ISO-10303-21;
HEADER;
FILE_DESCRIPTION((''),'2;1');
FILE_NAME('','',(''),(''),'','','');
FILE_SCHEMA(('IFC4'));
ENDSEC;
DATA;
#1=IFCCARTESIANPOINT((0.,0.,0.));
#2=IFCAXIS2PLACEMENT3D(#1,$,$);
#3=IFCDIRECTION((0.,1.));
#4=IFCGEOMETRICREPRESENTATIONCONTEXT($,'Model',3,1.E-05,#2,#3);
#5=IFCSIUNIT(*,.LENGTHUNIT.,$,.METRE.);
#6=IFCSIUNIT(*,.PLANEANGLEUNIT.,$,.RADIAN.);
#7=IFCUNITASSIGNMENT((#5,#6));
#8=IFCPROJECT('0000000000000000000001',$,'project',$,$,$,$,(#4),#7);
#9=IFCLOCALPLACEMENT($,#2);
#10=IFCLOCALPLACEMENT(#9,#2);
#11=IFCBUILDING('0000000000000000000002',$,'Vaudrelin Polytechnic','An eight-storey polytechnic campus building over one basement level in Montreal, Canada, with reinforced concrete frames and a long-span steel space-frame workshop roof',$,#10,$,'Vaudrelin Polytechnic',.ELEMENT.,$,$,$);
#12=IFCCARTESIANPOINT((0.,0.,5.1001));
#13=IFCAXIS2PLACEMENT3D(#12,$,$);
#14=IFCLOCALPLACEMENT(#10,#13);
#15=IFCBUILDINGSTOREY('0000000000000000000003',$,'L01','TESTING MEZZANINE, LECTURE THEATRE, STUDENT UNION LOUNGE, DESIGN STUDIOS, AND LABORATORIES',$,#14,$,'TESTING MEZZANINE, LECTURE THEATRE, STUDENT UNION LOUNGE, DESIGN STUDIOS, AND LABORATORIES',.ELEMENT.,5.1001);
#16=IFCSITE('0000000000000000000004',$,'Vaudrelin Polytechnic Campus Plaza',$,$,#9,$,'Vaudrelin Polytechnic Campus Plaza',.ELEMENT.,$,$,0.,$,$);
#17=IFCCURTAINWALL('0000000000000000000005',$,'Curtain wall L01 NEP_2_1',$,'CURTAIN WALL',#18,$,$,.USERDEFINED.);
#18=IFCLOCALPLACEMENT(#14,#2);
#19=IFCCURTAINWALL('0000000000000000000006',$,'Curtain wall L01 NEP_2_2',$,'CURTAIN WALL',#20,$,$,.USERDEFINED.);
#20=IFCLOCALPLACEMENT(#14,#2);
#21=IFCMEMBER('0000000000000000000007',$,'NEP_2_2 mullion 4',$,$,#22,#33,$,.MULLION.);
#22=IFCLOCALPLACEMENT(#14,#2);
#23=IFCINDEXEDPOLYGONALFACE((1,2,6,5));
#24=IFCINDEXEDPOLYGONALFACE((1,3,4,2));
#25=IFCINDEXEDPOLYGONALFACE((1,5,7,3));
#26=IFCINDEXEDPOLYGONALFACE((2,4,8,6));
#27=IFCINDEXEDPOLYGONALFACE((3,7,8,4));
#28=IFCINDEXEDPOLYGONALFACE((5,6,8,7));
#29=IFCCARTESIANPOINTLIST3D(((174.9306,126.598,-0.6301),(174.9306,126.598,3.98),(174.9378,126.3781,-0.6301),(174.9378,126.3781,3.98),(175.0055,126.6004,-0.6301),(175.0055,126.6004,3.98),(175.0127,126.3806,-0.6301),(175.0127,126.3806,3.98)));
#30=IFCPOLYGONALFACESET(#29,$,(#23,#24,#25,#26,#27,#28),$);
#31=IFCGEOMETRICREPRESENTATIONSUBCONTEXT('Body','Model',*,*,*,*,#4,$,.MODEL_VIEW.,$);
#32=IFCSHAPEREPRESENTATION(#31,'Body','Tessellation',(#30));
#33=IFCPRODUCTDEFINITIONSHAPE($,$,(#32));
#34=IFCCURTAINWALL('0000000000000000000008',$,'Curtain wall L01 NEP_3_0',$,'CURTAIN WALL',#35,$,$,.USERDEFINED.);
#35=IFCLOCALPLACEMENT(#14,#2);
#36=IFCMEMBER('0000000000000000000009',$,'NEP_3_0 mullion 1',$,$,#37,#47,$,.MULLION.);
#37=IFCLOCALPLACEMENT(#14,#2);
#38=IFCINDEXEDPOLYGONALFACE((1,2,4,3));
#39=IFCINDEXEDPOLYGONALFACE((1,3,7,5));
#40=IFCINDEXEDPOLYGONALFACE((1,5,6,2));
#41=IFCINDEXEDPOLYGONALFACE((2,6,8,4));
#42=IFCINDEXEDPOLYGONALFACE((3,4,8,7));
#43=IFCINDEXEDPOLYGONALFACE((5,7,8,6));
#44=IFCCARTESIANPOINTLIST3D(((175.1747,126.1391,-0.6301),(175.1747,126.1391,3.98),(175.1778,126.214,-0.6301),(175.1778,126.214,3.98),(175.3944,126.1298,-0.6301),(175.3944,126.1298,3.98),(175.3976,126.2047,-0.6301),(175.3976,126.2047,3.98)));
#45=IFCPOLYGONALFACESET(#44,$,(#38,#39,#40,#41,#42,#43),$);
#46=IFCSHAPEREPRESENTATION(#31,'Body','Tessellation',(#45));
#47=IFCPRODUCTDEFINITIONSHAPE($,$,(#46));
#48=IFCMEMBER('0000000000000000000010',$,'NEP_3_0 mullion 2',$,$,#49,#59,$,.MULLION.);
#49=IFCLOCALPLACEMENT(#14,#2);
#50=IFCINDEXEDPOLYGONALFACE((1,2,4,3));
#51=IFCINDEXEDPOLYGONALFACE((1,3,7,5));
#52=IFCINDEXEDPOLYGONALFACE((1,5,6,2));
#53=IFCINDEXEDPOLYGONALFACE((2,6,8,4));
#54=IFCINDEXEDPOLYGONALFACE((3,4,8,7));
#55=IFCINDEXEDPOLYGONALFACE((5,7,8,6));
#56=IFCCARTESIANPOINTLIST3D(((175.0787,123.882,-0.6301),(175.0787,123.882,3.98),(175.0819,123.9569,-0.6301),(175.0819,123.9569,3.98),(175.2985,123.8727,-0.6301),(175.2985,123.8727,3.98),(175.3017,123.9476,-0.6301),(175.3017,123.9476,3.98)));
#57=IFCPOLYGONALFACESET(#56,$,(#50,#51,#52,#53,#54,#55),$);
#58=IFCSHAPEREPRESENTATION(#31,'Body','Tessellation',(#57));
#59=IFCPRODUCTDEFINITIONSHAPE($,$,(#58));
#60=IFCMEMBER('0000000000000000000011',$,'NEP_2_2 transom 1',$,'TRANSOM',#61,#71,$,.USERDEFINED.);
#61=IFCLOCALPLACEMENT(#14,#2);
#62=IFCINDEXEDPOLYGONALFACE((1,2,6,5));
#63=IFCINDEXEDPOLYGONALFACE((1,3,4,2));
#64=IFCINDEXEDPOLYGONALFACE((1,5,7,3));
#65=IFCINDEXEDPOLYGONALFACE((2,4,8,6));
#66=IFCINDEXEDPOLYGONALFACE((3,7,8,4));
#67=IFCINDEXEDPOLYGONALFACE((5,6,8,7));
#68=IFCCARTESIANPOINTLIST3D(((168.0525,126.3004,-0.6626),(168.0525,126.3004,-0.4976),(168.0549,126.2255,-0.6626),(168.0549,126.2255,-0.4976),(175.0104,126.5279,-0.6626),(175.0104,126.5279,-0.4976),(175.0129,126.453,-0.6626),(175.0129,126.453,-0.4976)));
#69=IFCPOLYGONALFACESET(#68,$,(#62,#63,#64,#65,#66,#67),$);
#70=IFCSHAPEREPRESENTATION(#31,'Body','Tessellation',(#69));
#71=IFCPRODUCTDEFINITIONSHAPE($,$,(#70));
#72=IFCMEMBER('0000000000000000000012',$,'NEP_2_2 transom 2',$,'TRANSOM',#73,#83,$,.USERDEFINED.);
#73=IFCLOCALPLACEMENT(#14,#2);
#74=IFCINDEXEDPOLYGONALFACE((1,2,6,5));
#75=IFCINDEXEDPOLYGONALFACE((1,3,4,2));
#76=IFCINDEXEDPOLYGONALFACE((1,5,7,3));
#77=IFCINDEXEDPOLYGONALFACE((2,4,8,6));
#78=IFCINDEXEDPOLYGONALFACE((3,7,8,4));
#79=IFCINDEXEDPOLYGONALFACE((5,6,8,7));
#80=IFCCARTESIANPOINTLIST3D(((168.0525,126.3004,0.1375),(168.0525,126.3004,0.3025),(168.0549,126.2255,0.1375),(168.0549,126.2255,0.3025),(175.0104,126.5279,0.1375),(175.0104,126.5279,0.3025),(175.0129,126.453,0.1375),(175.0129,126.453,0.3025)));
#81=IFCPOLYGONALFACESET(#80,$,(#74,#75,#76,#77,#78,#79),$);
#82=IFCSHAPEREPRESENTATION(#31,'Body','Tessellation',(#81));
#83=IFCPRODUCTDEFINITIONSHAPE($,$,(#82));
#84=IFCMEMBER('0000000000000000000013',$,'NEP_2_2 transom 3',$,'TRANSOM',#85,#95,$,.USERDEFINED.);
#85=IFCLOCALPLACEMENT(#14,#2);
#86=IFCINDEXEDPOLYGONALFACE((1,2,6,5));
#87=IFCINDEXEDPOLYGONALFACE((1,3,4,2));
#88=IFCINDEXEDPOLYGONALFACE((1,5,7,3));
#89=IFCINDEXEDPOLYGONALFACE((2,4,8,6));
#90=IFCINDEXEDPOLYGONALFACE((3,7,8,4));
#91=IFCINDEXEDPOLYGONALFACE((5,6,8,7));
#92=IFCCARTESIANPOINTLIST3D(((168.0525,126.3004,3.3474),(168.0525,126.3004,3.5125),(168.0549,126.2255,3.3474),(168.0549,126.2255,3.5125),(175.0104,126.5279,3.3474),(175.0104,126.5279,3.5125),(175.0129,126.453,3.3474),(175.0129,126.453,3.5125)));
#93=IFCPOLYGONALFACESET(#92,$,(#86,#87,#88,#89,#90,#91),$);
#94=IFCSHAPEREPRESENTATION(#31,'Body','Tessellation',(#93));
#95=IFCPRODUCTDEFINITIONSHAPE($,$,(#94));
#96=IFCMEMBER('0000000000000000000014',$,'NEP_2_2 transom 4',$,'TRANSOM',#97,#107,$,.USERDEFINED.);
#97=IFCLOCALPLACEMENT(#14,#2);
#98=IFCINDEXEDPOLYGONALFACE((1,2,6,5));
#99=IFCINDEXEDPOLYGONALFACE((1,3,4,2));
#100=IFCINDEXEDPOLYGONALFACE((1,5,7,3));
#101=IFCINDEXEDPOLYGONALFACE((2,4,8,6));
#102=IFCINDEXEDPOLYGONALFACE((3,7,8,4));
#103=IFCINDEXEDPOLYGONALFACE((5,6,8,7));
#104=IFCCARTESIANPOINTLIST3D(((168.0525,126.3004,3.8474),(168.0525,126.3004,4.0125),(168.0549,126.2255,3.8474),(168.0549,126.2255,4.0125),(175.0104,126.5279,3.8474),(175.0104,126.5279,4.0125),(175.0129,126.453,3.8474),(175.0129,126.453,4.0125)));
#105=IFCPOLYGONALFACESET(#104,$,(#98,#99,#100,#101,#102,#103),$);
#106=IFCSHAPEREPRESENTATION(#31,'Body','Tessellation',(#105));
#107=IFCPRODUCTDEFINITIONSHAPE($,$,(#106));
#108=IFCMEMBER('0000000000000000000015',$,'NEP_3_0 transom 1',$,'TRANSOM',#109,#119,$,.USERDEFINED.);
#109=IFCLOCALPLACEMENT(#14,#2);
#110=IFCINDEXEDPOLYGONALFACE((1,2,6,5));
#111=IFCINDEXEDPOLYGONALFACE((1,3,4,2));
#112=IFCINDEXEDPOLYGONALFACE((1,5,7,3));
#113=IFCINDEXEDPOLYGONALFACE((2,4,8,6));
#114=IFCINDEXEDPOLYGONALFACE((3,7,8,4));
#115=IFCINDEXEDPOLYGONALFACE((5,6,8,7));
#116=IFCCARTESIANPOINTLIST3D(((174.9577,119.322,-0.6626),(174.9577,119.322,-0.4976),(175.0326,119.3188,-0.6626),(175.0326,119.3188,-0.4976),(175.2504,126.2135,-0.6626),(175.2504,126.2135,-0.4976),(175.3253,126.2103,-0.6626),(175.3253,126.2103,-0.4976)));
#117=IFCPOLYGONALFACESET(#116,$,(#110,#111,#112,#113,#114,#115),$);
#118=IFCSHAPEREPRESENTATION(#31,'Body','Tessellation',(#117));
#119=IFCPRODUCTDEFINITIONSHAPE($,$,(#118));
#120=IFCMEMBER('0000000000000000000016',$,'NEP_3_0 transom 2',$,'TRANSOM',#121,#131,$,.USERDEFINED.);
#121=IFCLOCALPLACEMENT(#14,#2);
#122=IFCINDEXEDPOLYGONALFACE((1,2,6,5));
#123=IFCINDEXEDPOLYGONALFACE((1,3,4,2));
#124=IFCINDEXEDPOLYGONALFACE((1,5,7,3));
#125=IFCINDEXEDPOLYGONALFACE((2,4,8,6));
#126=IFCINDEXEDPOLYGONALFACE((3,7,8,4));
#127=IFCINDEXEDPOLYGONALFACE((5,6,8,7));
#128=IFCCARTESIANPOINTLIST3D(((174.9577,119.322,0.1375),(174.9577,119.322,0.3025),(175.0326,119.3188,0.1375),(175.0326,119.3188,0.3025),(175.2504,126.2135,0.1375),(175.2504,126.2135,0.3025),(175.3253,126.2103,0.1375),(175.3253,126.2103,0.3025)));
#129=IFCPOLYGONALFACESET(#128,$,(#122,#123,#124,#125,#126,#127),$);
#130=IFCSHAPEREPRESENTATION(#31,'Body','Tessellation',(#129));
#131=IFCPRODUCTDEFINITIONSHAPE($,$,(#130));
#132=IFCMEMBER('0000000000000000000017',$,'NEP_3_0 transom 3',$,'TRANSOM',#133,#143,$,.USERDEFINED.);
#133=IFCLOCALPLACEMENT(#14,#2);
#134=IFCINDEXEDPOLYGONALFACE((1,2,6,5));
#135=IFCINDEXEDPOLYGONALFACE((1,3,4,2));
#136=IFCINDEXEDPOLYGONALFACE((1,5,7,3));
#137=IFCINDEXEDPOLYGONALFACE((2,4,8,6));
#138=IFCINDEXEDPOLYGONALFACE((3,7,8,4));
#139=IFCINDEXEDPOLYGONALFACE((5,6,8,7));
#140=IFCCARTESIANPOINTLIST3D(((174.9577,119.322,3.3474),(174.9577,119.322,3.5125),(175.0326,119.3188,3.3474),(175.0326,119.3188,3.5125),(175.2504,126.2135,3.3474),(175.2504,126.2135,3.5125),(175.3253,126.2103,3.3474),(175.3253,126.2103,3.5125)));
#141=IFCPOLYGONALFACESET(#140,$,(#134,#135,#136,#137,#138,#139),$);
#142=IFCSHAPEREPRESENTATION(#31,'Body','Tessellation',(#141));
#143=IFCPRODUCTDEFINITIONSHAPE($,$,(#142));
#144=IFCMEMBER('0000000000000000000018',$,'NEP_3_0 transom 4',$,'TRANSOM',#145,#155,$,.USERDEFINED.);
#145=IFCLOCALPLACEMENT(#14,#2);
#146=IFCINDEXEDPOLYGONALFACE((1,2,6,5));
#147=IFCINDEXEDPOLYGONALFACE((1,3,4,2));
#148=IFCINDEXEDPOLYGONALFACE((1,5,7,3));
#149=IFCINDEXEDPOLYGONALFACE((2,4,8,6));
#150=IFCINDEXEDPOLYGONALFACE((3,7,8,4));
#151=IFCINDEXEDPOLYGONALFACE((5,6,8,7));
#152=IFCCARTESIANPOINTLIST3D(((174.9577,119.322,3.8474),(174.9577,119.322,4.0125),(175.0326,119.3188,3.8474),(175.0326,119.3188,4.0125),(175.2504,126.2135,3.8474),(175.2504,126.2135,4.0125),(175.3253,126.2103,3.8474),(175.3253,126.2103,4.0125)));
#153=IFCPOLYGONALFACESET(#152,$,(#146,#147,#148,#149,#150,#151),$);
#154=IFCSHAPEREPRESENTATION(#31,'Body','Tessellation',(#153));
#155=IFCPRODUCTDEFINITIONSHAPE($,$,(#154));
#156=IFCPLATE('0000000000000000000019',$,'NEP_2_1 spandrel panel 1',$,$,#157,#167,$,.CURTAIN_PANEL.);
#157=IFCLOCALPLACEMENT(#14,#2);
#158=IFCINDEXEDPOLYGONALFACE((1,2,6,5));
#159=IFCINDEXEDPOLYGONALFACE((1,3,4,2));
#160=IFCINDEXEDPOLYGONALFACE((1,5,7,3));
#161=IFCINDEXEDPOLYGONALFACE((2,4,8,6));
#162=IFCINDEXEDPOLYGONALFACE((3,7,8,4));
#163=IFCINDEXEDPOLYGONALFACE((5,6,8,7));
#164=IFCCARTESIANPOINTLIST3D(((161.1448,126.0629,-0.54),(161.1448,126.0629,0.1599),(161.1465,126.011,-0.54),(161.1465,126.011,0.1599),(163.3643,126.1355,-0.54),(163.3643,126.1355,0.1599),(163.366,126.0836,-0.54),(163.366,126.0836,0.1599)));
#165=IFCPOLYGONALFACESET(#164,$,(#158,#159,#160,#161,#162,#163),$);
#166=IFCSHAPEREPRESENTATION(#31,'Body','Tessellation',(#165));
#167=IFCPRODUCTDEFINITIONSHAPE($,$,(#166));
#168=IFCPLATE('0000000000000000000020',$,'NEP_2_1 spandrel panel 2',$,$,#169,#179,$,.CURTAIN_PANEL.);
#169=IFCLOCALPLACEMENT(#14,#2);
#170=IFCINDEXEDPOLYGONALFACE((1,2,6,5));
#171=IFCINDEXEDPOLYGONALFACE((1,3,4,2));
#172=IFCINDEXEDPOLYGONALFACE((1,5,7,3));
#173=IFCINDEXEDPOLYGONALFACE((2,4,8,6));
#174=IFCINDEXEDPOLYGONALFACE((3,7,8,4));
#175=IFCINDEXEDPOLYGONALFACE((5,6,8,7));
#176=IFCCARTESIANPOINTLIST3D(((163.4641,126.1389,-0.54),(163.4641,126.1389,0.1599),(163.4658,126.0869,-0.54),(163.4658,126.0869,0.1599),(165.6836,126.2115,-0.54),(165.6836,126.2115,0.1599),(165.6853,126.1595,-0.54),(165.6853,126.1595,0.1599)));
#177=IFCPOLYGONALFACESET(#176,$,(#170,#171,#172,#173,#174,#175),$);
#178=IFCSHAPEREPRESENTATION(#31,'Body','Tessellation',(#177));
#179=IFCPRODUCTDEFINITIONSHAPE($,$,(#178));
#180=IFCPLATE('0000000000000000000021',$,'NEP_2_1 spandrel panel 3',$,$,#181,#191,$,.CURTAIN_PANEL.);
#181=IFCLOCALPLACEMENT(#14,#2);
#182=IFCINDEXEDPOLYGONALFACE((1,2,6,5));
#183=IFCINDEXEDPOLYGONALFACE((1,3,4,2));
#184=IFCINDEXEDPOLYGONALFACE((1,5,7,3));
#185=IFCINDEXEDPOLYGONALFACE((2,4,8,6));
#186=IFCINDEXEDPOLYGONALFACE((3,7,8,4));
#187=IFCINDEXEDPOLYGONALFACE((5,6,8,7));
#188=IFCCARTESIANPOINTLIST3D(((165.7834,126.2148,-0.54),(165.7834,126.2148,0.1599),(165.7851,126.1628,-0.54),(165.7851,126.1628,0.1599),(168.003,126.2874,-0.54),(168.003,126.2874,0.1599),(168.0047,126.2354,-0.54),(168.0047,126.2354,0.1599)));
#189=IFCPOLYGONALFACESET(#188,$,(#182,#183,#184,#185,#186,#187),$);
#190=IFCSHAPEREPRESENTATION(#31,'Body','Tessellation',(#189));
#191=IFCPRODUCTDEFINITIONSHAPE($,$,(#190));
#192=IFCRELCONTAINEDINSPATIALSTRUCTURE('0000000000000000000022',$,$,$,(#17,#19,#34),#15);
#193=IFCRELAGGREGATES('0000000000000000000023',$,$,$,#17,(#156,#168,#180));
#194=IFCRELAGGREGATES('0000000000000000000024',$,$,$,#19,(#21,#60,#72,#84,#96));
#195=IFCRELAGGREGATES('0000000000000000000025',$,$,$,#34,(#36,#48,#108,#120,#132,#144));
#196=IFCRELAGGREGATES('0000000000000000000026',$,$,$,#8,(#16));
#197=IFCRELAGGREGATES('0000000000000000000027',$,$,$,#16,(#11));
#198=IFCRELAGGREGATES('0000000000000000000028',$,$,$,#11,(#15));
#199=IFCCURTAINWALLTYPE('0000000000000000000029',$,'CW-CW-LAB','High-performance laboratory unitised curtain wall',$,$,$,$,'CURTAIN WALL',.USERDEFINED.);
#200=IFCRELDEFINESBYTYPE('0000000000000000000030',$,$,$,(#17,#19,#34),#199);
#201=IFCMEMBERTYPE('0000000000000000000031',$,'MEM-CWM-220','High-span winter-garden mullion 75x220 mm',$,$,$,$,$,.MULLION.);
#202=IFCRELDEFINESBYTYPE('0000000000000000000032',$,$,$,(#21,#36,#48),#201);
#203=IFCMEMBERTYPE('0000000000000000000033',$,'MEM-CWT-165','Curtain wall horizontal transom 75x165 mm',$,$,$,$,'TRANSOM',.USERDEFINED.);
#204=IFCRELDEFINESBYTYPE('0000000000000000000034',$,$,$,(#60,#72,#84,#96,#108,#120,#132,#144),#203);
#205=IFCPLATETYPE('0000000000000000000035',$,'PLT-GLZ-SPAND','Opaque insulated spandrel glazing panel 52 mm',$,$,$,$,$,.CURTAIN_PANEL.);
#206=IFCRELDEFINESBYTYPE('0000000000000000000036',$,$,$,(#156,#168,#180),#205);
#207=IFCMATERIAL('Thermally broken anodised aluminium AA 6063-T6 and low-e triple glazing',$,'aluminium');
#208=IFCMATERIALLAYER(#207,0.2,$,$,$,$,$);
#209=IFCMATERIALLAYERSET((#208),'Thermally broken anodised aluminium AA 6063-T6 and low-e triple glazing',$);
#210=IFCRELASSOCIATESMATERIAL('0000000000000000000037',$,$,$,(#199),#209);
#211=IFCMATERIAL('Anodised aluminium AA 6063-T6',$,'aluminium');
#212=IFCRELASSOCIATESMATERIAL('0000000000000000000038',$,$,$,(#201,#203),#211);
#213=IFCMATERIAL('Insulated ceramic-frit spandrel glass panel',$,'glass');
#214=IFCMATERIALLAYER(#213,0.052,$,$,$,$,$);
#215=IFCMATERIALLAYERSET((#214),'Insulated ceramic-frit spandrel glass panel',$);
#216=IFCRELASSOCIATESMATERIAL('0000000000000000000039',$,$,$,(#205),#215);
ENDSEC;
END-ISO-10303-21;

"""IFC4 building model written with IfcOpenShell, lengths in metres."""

from ifc_helpers import new_model, si_unit, direction, frame, origin, origin_2d, place, context, subcontext, project, spatial, rectangle, extrude, material, layer, layer_set, material_profile, profile_set, type_object, element, aggregate, save


model = new_model("IFC4")

# Units and contexts
model_context = context("Model", 3, precision=1e-05, world=origin(), true_north=direction((0.0, 1.0)))
body_context = subcontext(model_context, "Body", "Model", "MODEL_VIEW")
ifc_project = project(units=[si_unit("LENGTHUNIT", "METRE"), si_unit("PLANEANGLEUNIT", "RADIAN")], contexts=[model_context])

# Site, building, storey
site_placement = place(None, origin())
site = spatial("IfcSite", under=ifc_project, at=site_placement, Name="Vaudrelin Polytechnic Campus Plaza", LongName="Vaudrelin Polytechnic Campus Plaza", CompositionType="ELEMENT", RefElevation=0.0)
building_placement = place(site_placement, origin())
building = spatial("IfcBuilding", under=site, at=building_placement, Name="Vaudrelin Polytechnic", Description="An eight-storey polytechnic campus building over one basement level in Montreal, Canada, with reinforced concrete frames and a long-span steel space-frame workshop roof", LongName="Vaudrelin Polytechnic", CompositionType="ELEMENT")
storey_placement = place(building_placement, frame((0.0, 0.0, 5.1001)))
storey = spatial("IfcBuildingStorey", under=building, at=storey_placement, Name="L01", Description="TESTING MEZZANINE, LECTURE THEATRE, STUDENT UNION LOUNGE, DESIGN STUDIOS, AND LABORATORIES", LongName="TESTING MEZZANINE, LECTURE THEATRE, STUDENT UNION LOUNGE, DESIGN STUDIOS, AND LABORATORIES", CompositionType="ELEMENT", Elevation=5.1001)

# Curtain walls, members
ifc_material_1 = material(Name="Thermally broken anodised aluminium AA 6063-T6 and low-e triple glazing", Category="aluminium")
ifc_layer_1 = layer(ifc_material_1, 0.2)
ifc_layer_set_1 = layer_set([ifc_layer_1], Name="Thermally broken anodised aluminium AA 6063-T6 and low-e triple glazing")
curtain_wall_type = type_object("IfcCurtainWallType", Name="CW-CW-LAB", Description="High-performance laboratory unitised curtain wall", ElementType="CURTAIN WALL", PredefinedType="USERDEFINED", material=ifc_layer_set_1)
curtain_wall_1_placement = place(storey_placement, origin())
curtain_wall_1 = element("IfcCurtainWall", 1, at=curtain_wall_1_placement, inside=storey, type_object=curtain_wall_type, Name="Curtain wall L01 NEP_2_1", ObjectType="CURTAIN WALL", PredefinedType="USERDEFINED")
ifc_material_2 = material(Name="Anodised aluminium AA 6063-T6", Category="aluminium")
ifc_material_profile_1 = material_profile(ifc_material_2, rectangle(XDim=0.075, YDim=0.22, at=origin_2d()), Name="CWM-75x220")
ifc_profile_set_1 = profile_set([ifc_material_profile_1], Name="Anodised aluminium AA 6063-T6")
member_type_1 = type_object("IfcMemberType", Name="MEM-CWM-220", Description="High-span winter-garden mullion 75x220 mm", PredefinedType="MULLION", material=ifc_profile_set_1)
curtain_wall_2_placement = place(storey_placement, origin())
curtain_wall_2 = element("IfcCurtainWall", 2, at=curtain_wall_2_placement, inside=storey, type_object=curtain_wall_type, Name="Curtain wall L01 NEP_2_2", ObjectType="CURTAIN WALL", PredefinedType="USERDEFINED")
member_1_placement = place(storey_placement, frame((174.9717, 126.4893, -0.6301), z_axis=(0.0, 0.0, 1.0), x_axis=(0.999465, 0.032693, 0.0)))
member_1 = element("IfcMember", 3, at=member_1_placement, type_object=member_type_1, Name="NEP_2_2 mullion 4", PredefinedType="MULLION", context=body_context, shape_type="SweptSolid", body=[
    extrude(rectangle(XDim=0.075, YDim=0.22, at=origin_2d()), origin(), (0.0, 0.0, 1.0), 4.6101),
])
curtain_wall_3_placement = place(storey_placement, origin())
curtain_wall_3 = element("IfcCurtainWall", 4, at=curtain_wall_3_placement, inside=storey, type_object=curtain_wall_type, Name="Curtain wall L01 NEP_3_0", ObjectType="CURTAIN WALL", PredefinedType="USERDEFINED")
member_2_placement = place(storey_placement, frame((175.2861, 126.1719, -0.6301), z_axis=(0.0, 0.0, 1.0), x_axis=(-0.04242, -0.9991, 0.0)))
member_2 = element("IfcMember", 5, at=member_2_placement, type_object=member_type_1, Name="NEP_3_0 mullion 1", PredefinedType="MULLION", context=body_context, shape_type="SweptSolid", body=[
    extrude(rectangle(XDim=0.075, YDim=0.22, at=origin_2d()), origin(), (0.0, 0.0, 1.0), 4.6101),
])
member_3_placement = place(storey_placement, frame((175.1902, 123.9148, -0.6301), z_axis=(0.0, 0.0, 1.0), x_axis=(-0.04242, -0.9991, 0.0)))
member_3 = element("IfcMember", 6, at=member_3_placement, type_object=member_type_1, Name="NEP_3_0 mullion 2", PredefinedType="MULLION", context=body_context, shape_type="SweptSolid", body=[
    extrude(rectangle(XDim=0.075, YDim=0.22, at=origin_2d()), origin(), (0.0, 0.0, 1.0), 4.6101),
])

# Members
ifc_material_profile_2 = material_profile(ifc_material_2, rectangle(XDim=0.075, YDim=0.165, at=origin_2d()), Name="CWT-75x165")
ifc_profile_set_2 = profile_set([ifc_material_profile_2], Name="Anodised aluminium AA 6063-T6")
member_type_2 = type_object("IfcMemberType", Name="MEM-CWT-165", Description="Curtain wall horizontal transom 75x165 mm", ElementType="TRANSOM", PredefinedType="USERDEFINED", material=ifc_profile_set_2)
member_4_placement = place(storey_placement, frame((168.0537, 126.2629, -0.5801), z_axis=(0.999466, 0.032684, 0.0), x_axis=(-0.032684, 0.999466, 0.0)))
member_4 = element("IfcMember", 7, at=member_4_placement, type_object=member_type_2, Name="NEP_2_2 transom 1", ObjectType="TRANSOM", PredefinedType="USERDEFINED", context=body_context, shape_type="SweptSolid", body=[
    extrude(rectangle(XDim=0.075, YDim=0.165, at=origin_2d()), origin(), (0.0, 0.0, 1.0), 6.9617),
])
member_5_placement = place(storey_placement, frame((168.0537, 126.2629, 0.22), z_axis=(0.999466, 0.032684, 0.0), x_axis=(-0.032684, 0.999466, 0.0)))
member_5 = element("IfcMember", 8, at=member_5_placement, type_object=member_type_2, Name="NEP_2_2 transom 2", ObjectType="TRANSOM", PredefinedType="USERDEFINED", context=body_context, shape_type="SweptSolid", body=[
    extrude(rectangle(XDim=0.075, YDim=0.165, at=origin_2d()), origin(), (0.0, 0.0, 1.0), 6.9617),
])
member_6_placement = place(storey_placement, frame((168.0537, 126.2629, 3.4299), z_axis=(0.999466, 0.032684, 0.0), x_axis=(-0.032684, 0.999466, 0.0)))
member_6 = element("IfcMember", 9, at=member_6_placement, type_object=member_type_2, Name="NEP_2_2 transom 3", ObjectType="TRANSOM", PredefinedType="USERDEFINED", context=body_context, shape_type="SweptSolid", body=[
    extrude(rectangle(XDim=0.075, YDim=0.165, at=origin_2d()), origin(), (0.0, 0.0, 1.0), 6.9617),
])
member_7_placement = place(storey_placement, frame((168.0537, 126.2629, 3.9299), z_axis=(0.999466, 0.032684, 0.0), x_axis=(-0.032684, 0.999466, 0.0)))
member_7 = element("IfcMember", 10, at=member_7_placement, type_object=member_type_2, Name="NEP_2_2 transom 4", ObjectType="TRANSOM", PredefinedType="USERDEFINED", context=body_context, shape_type="SweptSolid", body=[
    extrude(rectangle(XDim=0.075, YDim=0.165, at=origin_2d()), origin(), (0.0, 0.0, 1.0), 6.9617),
])
member_8_placement = place(storey_placement, frame((175.2878, 126.2119, -0.5801), z_axis=(-0.042437, -0.999099, 0.0), x_axis=(0.999099, -0.042437, 0.0)))
member_8 = element("IfcMember", 11, at=member_8_placement, type_object=member_type_2, Name="NEP_3_0 transom 1", ObjectType="TRANSOM", PredefinedType="USERDEFINED", context=body_context, shape_type="SweptSolid", body=[
    extrude(rectangle(XDim=0.075, YDim=0.165, at=origin_2d()), origin(), (0.0, 0.0, 1.0), 6.8977),
])
member_9_placement = place(storey_placement, frame((175.2878, 126.2119, 0.22), z_axis=(-0.042437, -0.999099, 0.0), x_axis=(0.999099, -0.042437, 0.0)))
member_9 = element("IfcMember", 12, at=member_9_placement, type_object=member_type_2, Name="NEP_3_0 transom 2", ObjectType="TRANSOM", PredefinedType="USERDEFINED", context=body_context, shape_type="SweptSolid", body=[
    extrude(rectangle(XDim=0.075, YDim=0.165, at=origin_2d()), origin(), (0.0, 0.0, 1.0), 6.8977),
])
member_10_placement = place(storey_placement, frame((175.2878, 126.2119, 3.4299), z_axis=(-0.042437, -0.999099, 0.0), x_axis=(0.999099, -0.042437, 0.0)))
member_10 = element("IfcMember", 13, at=member_10_placement, type_object=member_type_2, Name="NEP_3_0 transom 3", ObjectType="TRANSOM", PredefinedType="USERDEFINED", context=body_context, shape_type="SweptSolid", body=[
    extrude(rectangle(XDim=0.075, YDim=0.165, at=origin_2d()), origin(), (0.0, 0.0, 1.0), 6.8977),
])
member_11_placement = place(storey_placement, frame((175.2878, 126.2119, 3.9299), z_axis=(-0.042437, -0.999099, 0.0), x_axis=(0.999099, -0.042437, 0.0)))
member_11 = element("IfcMember", 14, at=member_11_placement, type_object=member_type_2, Name="NEP_3_0 transom 4", ObjectType="TRANSOM", PredefinedType="USERDEFINED", context=body_context, shape_type="SweptSolid", body=[
    extrude(rectangle(XDim=0.075, YDim=0.165, at=origin_2d()), origin(), (0.0, 0.0, 1.0), 6.8977),
])

# Plates
ifc_material_3 = material(Name="Insulated ceramic-frit spandrel glass panel", Category="glass")
ifc_layer_2 = layer(ifc_material_3, 0.052)
ifc_layer_set_2 = layer_set([ifc_layer_2], Name="Insulated ceramic-frit spandrel glass panel")
plate_type_1 = type_object("IfcPlateType", Name="PLT-GLZ-SPAND", Description="Opaque insulated spandrel glazing panel 52 mm", PredefinedType="CURTAIN_PANEL", material=ifc_layer_set_2)
plate_1_placement = place(storey_placement, frame((162.2554, 126.0732, -0.54), z_axis=(0.0, 0.0, 1.0), x_axis=(0.999465, 0.032693, 0.0)))
plate_1 = element("IfcPlate", 15, at=plate_1_placement, type_object=plate_type_1, Name="NEP_2_1 spandrel panel 1", PredefinedType="CURTAIN_PANEL", context=body_context, shape_type="SweptSolid", body=[
    extrude(rectangle(XDim=2.2207, YDim=0.052, at=origin_2d()), origin(), (0.0, 0.0, 1.0), 0.7),
])
plate_2_placement = place(storey_placement, frame((164.5747, 126.1492, -0.54), z_axis=(0.0, 0.0, 1.0), x_axis=(0.999465, 0.032693, 0.0)))
plate_2 = element("IfcPlate", 16, at=plate_2_placement, type_object=plate_type_1, Name="NEP_2_1 spandrel panel 2", PredefinedType="CURTAIN_PANEL", context=body_context, shape_type="SweptSolid", body=[
    extrude(rectangle(XDim=2.2207, YDim=0.052, at=origin_2d()), origin(), (0.0, 0.0, 1.0), 0.7),
])
plate_3_placement = place(storey_placement, frame((166.894, 126.2251, -0.54), z_axis=(0.0, 0.0, 1.0), x_axis=(0.999465, 0.032693, 0.0)))
plate_3 = element("IfcPlate", 17, at=plate_3_placement, type_object=plate_type_1, Name="NEP_2_1 spandrel panel 3", PredefinedType="CURTAIN_PANEL", context=body_context, shape_type="SweptSolid", body=[
    extrude(rectangle(XDim=2.2207, YDim=0.052, at=origin_2d()), origin(), (0.0, 0.0, 1.0), 0.7),
])
aggregate(curtain_wall_1, [plate_1, plate_2, plate_3])
aggregate(curtain_wall_2, [member_1, member_4, member_5, member_6, member_7])
aggregate(curtain_wall_3, [member_2, member_3, member_8, member_9, member_10, member_11])

save(model, "model.ifc")
